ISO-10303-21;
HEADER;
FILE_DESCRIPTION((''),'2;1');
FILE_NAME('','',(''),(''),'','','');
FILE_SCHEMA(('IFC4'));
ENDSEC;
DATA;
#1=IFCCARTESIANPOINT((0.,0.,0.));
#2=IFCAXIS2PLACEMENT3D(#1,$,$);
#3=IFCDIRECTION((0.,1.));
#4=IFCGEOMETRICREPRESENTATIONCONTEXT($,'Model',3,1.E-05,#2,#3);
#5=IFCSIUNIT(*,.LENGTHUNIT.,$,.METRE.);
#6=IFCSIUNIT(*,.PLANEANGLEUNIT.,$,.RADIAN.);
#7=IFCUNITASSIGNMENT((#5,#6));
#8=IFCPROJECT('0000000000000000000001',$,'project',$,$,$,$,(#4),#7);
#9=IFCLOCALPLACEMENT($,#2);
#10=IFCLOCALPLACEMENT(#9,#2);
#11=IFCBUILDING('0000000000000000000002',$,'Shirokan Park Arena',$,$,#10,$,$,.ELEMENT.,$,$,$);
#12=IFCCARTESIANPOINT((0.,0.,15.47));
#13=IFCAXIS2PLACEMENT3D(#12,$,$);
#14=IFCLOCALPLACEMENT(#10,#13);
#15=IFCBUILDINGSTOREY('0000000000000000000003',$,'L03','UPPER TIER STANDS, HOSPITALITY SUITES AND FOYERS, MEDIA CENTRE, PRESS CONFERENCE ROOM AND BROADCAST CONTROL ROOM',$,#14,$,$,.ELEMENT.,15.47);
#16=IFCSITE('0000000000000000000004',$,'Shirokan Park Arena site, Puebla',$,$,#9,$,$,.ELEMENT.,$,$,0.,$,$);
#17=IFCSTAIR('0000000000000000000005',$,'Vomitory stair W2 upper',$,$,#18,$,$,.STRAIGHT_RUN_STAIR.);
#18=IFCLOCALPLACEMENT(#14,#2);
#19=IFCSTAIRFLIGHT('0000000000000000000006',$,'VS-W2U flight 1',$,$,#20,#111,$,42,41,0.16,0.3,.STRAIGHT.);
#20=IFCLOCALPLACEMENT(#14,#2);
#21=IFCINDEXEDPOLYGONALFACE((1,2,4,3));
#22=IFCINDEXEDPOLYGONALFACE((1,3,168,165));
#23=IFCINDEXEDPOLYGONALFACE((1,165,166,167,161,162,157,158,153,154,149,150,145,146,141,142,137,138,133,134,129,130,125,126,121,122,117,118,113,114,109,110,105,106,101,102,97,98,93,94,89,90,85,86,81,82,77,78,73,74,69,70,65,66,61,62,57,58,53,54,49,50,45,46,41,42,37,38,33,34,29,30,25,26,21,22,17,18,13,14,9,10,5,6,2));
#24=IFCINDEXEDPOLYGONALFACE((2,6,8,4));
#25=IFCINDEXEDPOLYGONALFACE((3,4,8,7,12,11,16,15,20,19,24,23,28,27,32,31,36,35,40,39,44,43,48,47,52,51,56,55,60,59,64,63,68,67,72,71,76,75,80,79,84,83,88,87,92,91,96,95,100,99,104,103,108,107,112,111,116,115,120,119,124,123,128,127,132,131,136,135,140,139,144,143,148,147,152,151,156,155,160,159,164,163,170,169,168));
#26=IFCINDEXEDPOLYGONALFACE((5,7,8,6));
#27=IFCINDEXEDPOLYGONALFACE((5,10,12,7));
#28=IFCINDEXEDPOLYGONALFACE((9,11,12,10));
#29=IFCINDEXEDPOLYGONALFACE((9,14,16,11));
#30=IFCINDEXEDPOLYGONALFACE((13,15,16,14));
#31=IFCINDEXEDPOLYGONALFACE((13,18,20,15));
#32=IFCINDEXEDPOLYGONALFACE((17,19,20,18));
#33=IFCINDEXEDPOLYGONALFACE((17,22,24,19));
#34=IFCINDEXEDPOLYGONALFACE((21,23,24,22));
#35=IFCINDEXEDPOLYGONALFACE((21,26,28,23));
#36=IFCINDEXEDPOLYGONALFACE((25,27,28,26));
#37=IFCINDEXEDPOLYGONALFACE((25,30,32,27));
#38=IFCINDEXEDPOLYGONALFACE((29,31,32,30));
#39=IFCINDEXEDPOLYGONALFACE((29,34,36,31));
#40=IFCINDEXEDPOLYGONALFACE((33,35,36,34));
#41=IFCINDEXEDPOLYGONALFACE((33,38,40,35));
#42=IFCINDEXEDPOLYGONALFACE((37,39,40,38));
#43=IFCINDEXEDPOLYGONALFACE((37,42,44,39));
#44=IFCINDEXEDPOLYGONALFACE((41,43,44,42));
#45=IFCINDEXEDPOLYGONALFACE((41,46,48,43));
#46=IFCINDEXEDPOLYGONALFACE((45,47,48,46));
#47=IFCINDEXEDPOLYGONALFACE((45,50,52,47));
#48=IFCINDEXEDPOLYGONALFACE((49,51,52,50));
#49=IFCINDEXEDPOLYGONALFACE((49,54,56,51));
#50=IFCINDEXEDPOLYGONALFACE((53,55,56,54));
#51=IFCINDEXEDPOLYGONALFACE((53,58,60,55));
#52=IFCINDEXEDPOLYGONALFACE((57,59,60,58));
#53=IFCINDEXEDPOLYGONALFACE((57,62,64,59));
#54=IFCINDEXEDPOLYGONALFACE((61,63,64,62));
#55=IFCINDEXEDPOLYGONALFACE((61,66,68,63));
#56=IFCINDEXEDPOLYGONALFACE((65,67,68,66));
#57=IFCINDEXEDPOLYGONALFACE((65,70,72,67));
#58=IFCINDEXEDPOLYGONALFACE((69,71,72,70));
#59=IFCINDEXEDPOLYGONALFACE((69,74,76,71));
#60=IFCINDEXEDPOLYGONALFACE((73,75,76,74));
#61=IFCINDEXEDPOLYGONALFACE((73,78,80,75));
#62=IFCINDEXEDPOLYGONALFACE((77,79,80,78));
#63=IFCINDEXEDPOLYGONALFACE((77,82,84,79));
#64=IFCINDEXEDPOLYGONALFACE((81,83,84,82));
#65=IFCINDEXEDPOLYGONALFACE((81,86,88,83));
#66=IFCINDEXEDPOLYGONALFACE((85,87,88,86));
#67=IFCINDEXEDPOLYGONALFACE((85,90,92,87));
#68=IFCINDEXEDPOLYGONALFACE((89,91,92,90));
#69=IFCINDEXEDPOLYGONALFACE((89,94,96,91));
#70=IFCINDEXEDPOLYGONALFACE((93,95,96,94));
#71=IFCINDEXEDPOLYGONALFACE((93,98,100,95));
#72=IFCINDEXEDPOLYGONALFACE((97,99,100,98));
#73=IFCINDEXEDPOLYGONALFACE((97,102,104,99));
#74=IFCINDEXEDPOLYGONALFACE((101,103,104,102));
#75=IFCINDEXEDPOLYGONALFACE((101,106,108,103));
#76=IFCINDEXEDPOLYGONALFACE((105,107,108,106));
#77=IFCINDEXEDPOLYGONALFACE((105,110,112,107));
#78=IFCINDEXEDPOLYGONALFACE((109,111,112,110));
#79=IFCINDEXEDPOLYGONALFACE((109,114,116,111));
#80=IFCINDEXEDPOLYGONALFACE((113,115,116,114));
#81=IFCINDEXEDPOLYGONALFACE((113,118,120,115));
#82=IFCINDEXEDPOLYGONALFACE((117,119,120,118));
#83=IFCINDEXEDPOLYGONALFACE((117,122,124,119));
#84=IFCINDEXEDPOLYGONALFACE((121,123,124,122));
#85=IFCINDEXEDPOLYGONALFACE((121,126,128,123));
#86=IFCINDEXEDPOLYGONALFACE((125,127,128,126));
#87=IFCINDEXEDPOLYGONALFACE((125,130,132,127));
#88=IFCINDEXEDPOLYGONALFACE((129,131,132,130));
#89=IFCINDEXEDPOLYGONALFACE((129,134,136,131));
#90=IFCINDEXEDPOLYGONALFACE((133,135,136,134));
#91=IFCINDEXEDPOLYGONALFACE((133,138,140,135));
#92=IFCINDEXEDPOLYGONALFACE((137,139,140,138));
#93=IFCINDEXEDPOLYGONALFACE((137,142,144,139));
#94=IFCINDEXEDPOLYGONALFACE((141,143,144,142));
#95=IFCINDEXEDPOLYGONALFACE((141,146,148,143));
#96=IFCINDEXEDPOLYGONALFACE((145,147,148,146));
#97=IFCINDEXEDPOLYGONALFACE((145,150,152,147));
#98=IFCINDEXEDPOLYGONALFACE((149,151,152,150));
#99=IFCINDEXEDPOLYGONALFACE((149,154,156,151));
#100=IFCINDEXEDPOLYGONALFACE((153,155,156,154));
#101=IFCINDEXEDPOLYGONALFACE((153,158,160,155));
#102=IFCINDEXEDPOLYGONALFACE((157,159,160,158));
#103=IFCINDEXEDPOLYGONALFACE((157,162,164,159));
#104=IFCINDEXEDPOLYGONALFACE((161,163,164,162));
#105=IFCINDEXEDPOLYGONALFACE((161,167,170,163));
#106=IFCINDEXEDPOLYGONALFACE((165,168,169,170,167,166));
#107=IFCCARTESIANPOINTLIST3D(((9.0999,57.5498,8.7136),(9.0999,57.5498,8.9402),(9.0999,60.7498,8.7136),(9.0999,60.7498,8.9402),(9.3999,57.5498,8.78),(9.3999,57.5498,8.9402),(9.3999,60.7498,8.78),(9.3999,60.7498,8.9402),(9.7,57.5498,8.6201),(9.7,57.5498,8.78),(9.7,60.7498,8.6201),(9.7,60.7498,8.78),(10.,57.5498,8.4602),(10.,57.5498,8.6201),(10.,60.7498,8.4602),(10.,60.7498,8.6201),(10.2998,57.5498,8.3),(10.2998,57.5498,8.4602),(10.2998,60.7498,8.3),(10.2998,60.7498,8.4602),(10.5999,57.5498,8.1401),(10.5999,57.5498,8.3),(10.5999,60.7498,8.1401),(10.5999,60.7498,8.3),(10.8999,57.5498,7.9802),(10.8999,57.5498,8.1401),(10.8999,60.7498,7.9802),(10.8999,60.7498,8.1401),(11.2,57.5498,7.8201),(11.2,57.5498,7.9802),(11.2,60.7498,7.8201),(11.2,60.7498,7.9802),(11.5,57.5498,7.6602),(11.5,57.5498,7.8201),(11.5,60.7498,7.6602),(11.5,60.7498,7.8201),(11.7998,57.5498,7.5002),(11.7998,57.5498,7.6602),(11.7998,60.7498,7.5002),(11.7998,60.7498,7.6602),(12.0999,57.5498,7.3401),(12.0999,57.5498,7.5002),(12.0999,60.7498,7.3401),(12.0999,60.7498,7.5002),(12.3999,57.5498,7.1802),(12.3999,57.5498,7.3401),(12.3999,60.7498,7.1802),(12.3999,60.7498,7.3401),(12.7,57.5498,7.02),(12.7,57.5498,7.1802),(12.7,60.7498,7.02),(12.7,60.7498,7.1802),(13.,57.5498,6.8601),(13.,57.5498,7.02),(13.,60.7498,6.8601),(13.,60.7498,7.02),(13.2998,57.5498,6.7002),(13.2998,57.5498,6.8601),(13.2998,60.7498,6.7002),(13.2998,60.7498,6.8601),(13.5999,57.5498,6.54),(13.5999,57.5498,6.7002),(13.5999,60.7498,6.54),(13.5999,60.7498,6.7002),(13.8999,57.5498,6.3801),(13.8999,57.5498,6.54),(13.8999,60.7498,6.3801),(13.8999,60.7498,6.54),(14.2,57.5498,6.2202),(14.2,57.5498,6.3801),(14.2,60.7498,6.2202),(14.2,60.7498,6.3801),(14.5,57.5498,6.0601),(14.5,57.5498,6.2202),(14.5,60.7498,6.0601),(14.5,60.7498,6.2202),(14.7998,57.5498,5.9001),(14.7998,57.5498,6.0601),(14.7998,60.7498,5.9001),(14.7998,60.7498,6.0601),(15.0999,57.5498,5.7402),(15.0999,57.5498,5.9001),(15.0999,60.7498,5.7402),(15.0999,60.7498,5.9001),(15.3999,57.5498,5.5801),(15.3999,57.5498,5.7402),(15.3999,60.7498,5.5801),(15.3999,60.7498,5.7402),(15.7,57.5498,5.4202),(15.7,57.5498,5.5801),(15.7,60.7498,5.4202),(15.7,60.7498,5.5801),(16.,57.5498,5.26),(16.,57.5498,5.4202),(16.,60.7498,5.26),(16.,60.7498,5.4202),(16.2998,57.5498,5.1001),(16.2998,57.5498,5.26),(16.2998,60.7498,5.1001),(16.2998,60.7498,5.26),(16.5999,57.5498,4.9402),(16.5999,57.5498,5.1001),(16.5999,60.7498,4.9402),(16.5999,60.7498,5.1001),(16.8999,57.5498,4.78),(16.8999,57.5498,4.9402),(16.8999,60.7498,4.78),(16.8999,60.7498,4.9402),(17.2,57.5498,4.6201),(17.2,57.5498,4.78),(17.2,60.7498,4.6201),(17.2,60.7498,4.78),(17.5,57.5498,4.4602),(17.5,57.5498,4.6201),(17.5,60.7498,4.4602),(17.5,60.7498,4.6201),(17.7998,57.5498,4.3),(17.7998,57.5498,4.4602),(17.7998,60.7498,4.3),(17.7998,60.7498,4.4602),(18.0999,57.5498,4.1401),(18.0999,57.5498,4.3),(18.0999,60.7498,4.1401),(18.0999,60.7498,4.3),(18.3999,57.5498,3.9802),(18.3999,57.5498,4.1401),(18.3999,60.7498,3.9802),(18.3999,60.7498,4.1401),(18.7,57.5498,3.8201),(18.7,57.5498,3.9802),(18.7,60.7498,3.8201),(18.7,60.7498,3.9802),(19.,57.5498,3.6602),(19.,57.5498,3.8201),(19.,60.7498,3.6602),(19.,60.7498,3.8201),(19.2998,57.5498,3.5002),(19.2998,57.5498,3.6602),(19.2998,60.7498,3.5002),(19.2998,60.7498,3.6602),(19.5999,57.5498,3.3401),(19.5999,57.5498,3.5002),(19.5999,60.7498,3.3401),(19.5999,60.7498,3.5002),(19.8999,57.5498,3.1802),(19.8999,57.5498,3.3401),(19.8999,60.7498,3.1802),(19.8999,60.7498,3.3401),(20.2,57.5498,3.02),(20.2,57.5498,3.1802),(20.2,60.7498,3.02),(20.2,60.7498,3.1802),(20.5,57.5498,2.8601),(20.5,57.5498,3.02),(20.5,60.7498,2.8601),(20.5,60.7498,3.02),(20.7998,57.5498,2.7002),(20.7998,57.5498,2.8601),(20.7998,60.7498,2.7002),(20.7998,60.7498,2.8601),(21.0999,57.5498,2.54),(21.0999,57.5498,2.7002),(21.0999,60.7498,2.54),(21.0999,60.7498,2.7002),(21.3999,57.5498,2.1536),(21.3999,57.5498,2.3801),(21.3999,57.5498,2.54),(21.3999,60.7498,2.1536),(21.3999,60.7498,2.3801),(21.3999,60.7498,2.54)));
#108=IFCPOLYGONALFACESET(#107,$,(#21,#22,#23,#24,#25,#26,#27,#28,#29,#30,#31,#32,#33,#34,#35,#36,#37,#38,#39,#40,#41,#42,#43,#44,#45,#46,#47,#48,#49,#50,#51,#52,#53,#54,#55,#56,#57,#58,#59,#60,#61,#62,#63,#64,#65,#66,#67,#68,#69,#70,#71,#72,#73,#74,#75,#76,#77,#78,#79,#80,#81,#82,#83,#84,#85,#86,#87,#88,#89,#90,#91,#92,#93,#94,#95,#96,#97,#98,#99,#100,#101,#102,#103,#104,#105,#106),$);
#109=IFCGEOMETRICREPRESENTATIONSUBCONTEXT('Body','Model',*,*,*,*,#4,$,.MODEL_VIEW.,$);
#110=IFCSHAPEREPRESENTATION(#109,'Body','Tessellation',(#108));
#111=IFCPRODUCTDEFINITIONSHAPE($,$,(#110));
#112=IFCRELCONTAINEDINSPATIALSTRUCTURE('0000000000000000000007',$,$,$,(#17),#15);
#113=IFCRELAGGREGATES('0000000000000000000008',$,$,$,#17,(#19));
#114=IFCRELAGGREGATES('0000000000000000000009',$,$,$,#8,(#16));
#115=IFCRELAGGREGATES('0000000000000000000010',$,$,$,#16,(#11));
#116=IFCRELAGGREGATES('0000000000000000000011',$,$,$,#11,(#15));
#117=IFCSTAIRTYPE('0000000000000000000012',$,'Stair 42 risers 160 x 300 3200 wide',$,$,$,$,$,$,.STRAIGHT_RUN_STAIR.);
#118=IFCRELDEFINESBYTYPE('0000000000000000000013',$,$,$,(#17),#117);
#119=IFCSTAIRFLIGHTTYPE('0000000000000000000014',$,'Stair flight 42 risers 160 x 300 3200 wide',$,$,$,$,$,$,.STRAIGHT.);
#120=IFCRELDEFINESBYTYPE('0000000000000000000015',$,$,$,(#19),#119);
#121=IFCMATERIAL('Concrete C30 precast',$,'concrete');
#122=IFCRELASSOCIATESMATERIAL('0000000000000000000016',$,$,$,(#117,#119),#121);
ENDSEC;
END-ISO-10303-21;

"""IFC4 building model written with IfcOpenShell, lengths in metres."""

from ifc_helpers import new_model, si_unit, direction, frame, origin, place, context, subcontext, project, spatial, polyline, outline, extrude, material, type_object, element, aggregate, save


model = new_model("IFC4")

# Units and contexts
model_context = context("Model", 3, precision=1e-05, world=origin(), true_north=direction((0.0, 1.0)))
body_context = subcontext(model_context, "Body", "Model", "MODEL_VIEW")
ifc_project = project(units=[si_unit("LENGTHUNIT", "METRE"), si_unit("PLANEANGLEUNIT", "RADIAN")], contexts=[model_context])

# Site, building, storey
site_placement = place(None, origin())
site = spatial("IfcSite", under=ifc_project, at=site_placement, Name="Shirokan Park Arena site, Puebla", CompositionType="ELEMENT", RefElevation=0.0)
building_placement = place(site_placement, origin())
building = spatial("IfcBuilding", under=site, at=building_placement, Name="Shirokan Park Arena", CompositionType="ELEMENT")
storey_placement = place(building_placement, frame((0.0, 0.0, 15.47)))
storey = spatial("IfcBuildingStorey", under=building, at=storey_placement, Name="L03", Description="UPPER TIER STANDS, HOSPITALITY SUITES AND FOYERS, MEDIA CENTRE, PRESS CONFERENCE ROOM AND BROADCAST CONTROL ROOM", CompositionType="ELEMENT", Elevation=15.47)

# Stair, stair flight
ifc_material_1 = material(Name="Concrete C30 precast", Category="concrete")
stair_type = type_object("IfcStairType", Name="Stair 42 risers 160 x 300 3200 wide", PredefinedType="STRAIGHT_RUN_STAIR", material=ifc_material_1)
stair_placement = place(storey_placement, origin())
stair = element("IfcStair", 1, at=stair_placement, inside=storey, type_object=stair_type, Name="Vomitory stair W2 upper", PredefinedType="STRAIGHT_RUN_STAIR")
stair_flight_type = type_object("IfcStairFlightType", Name="Stair flight 42 risers 160 x 300 3200 wide", PredefinedType="STRAIGHT", material=ifc_material_1)
stair_flight_placement = place(storey_placement, frame((21.3999, 59.1499, 2.3801), z_axis=(0.0, 0.0, 1.0), x_axis=(-1.0, 0.0, 0.0)))
stair_flight = element("IfcStairFlight", 2, at=stair_flight_placement, type_object=stair_flight_type, Name="VS-W2U flight 1", NumberOfRisers=42, NumberOfTreads=41, PredefinedType="STRAIGHT", RiserHeight=0.16, TreadLength=0.3, context=body_context, shape_type="SweptSolid", body=[
    extrude(outline(polyline([(0.0, -0.2266), (0.0, 0.0), (0.0, 0.1599), (0.3, 0.1599), (0.3, 0.3201), (0.6001, 0.3201), (0.6001, 0.48), (0.8999, 0.48), (0.8999, 0.6399), (1.2, 0.6399), (1.2, 0.8), (1.5, 0.8), (1.5, 0.96), (1.8, 0.96), (1.8, 1.1201), (2.1001, 1.1201), (2.1001, 1.28), (2.3999, 1.28), (2.3999, 1.4399), (2.7, 1.4399), (2.7, 1.6001), (3.0, 1.6001), (3.0, 1.76), (3.3, 1.76), (3.3, 1.9199), (3.6001, 1.9199), (3.6001, 2.0801), (3.8999, 2.0801), (3.8999, 2.24), (4.2, 2.24), (4.2, 2.3999), (4.5, 2.3999), (4.5, 2.5601), (4.8, 2.5601), (4.8, 2.72), (5.1001, 2.72), (5.1001, 2.8799), (5.3999, 2.8799), (5.3999, 3.04), (5.7, 3.04), (5.7, 3.2), (6.0, 3.2), (6.0, 3.3601), (6.3, 3.3601), (6.3, 3.52), (6.6001, 3.52), (6.6001, 3.6799), (6.8999, 3.6799), (6.8999, 3.8401), (7.2, 3.8401), (7.2, 4.0), (7.5, 4.0), (7.5, 4.1599), (7.8, 4.1599), (7.8, 4.3201), (8.1001, 4.3201), (8.1001, 4.48), (8.3999, 4.48), (8.3999, 4.6399), (8.7, 4.6399), (8.7, 4.8), (9.0, 4.8), (9.0, 4.96), (9.3, 4.96), (9.3, 5.1201), (9.6001, 5.1201), (9.6001, 5.28), (9.8999, 5.28), (9.8999, 5.4399), (10.2, 5.4399), (10.2, 5.6001), (10.5, 5.6001), (10.5, 5.76), (10.8, 5.76), (10.8, 5.9199), (11.1001, 5.9199), (11.1001, 6.0801), (11.3999, 6.0801), (11.3999, 6.24), (11.7, 6.24), (11.7, 6.3999), (12.0, 6.3999), (12.0, 6.5601), (12.3, 6.5601), (12.3, 6.72), (12.3, 6.3335), (0.0, -0.2266)])), frame((0.0, 1.6001, 0.0), z_axis=(0.0, -1.0, 0.0), x_axis=(1.0, 0.0, 0.0)), (0.0, 0.0, 1.0), 3.2),
])
aggregate(stair, [stair_flight])

save(model, "model.ifc")
